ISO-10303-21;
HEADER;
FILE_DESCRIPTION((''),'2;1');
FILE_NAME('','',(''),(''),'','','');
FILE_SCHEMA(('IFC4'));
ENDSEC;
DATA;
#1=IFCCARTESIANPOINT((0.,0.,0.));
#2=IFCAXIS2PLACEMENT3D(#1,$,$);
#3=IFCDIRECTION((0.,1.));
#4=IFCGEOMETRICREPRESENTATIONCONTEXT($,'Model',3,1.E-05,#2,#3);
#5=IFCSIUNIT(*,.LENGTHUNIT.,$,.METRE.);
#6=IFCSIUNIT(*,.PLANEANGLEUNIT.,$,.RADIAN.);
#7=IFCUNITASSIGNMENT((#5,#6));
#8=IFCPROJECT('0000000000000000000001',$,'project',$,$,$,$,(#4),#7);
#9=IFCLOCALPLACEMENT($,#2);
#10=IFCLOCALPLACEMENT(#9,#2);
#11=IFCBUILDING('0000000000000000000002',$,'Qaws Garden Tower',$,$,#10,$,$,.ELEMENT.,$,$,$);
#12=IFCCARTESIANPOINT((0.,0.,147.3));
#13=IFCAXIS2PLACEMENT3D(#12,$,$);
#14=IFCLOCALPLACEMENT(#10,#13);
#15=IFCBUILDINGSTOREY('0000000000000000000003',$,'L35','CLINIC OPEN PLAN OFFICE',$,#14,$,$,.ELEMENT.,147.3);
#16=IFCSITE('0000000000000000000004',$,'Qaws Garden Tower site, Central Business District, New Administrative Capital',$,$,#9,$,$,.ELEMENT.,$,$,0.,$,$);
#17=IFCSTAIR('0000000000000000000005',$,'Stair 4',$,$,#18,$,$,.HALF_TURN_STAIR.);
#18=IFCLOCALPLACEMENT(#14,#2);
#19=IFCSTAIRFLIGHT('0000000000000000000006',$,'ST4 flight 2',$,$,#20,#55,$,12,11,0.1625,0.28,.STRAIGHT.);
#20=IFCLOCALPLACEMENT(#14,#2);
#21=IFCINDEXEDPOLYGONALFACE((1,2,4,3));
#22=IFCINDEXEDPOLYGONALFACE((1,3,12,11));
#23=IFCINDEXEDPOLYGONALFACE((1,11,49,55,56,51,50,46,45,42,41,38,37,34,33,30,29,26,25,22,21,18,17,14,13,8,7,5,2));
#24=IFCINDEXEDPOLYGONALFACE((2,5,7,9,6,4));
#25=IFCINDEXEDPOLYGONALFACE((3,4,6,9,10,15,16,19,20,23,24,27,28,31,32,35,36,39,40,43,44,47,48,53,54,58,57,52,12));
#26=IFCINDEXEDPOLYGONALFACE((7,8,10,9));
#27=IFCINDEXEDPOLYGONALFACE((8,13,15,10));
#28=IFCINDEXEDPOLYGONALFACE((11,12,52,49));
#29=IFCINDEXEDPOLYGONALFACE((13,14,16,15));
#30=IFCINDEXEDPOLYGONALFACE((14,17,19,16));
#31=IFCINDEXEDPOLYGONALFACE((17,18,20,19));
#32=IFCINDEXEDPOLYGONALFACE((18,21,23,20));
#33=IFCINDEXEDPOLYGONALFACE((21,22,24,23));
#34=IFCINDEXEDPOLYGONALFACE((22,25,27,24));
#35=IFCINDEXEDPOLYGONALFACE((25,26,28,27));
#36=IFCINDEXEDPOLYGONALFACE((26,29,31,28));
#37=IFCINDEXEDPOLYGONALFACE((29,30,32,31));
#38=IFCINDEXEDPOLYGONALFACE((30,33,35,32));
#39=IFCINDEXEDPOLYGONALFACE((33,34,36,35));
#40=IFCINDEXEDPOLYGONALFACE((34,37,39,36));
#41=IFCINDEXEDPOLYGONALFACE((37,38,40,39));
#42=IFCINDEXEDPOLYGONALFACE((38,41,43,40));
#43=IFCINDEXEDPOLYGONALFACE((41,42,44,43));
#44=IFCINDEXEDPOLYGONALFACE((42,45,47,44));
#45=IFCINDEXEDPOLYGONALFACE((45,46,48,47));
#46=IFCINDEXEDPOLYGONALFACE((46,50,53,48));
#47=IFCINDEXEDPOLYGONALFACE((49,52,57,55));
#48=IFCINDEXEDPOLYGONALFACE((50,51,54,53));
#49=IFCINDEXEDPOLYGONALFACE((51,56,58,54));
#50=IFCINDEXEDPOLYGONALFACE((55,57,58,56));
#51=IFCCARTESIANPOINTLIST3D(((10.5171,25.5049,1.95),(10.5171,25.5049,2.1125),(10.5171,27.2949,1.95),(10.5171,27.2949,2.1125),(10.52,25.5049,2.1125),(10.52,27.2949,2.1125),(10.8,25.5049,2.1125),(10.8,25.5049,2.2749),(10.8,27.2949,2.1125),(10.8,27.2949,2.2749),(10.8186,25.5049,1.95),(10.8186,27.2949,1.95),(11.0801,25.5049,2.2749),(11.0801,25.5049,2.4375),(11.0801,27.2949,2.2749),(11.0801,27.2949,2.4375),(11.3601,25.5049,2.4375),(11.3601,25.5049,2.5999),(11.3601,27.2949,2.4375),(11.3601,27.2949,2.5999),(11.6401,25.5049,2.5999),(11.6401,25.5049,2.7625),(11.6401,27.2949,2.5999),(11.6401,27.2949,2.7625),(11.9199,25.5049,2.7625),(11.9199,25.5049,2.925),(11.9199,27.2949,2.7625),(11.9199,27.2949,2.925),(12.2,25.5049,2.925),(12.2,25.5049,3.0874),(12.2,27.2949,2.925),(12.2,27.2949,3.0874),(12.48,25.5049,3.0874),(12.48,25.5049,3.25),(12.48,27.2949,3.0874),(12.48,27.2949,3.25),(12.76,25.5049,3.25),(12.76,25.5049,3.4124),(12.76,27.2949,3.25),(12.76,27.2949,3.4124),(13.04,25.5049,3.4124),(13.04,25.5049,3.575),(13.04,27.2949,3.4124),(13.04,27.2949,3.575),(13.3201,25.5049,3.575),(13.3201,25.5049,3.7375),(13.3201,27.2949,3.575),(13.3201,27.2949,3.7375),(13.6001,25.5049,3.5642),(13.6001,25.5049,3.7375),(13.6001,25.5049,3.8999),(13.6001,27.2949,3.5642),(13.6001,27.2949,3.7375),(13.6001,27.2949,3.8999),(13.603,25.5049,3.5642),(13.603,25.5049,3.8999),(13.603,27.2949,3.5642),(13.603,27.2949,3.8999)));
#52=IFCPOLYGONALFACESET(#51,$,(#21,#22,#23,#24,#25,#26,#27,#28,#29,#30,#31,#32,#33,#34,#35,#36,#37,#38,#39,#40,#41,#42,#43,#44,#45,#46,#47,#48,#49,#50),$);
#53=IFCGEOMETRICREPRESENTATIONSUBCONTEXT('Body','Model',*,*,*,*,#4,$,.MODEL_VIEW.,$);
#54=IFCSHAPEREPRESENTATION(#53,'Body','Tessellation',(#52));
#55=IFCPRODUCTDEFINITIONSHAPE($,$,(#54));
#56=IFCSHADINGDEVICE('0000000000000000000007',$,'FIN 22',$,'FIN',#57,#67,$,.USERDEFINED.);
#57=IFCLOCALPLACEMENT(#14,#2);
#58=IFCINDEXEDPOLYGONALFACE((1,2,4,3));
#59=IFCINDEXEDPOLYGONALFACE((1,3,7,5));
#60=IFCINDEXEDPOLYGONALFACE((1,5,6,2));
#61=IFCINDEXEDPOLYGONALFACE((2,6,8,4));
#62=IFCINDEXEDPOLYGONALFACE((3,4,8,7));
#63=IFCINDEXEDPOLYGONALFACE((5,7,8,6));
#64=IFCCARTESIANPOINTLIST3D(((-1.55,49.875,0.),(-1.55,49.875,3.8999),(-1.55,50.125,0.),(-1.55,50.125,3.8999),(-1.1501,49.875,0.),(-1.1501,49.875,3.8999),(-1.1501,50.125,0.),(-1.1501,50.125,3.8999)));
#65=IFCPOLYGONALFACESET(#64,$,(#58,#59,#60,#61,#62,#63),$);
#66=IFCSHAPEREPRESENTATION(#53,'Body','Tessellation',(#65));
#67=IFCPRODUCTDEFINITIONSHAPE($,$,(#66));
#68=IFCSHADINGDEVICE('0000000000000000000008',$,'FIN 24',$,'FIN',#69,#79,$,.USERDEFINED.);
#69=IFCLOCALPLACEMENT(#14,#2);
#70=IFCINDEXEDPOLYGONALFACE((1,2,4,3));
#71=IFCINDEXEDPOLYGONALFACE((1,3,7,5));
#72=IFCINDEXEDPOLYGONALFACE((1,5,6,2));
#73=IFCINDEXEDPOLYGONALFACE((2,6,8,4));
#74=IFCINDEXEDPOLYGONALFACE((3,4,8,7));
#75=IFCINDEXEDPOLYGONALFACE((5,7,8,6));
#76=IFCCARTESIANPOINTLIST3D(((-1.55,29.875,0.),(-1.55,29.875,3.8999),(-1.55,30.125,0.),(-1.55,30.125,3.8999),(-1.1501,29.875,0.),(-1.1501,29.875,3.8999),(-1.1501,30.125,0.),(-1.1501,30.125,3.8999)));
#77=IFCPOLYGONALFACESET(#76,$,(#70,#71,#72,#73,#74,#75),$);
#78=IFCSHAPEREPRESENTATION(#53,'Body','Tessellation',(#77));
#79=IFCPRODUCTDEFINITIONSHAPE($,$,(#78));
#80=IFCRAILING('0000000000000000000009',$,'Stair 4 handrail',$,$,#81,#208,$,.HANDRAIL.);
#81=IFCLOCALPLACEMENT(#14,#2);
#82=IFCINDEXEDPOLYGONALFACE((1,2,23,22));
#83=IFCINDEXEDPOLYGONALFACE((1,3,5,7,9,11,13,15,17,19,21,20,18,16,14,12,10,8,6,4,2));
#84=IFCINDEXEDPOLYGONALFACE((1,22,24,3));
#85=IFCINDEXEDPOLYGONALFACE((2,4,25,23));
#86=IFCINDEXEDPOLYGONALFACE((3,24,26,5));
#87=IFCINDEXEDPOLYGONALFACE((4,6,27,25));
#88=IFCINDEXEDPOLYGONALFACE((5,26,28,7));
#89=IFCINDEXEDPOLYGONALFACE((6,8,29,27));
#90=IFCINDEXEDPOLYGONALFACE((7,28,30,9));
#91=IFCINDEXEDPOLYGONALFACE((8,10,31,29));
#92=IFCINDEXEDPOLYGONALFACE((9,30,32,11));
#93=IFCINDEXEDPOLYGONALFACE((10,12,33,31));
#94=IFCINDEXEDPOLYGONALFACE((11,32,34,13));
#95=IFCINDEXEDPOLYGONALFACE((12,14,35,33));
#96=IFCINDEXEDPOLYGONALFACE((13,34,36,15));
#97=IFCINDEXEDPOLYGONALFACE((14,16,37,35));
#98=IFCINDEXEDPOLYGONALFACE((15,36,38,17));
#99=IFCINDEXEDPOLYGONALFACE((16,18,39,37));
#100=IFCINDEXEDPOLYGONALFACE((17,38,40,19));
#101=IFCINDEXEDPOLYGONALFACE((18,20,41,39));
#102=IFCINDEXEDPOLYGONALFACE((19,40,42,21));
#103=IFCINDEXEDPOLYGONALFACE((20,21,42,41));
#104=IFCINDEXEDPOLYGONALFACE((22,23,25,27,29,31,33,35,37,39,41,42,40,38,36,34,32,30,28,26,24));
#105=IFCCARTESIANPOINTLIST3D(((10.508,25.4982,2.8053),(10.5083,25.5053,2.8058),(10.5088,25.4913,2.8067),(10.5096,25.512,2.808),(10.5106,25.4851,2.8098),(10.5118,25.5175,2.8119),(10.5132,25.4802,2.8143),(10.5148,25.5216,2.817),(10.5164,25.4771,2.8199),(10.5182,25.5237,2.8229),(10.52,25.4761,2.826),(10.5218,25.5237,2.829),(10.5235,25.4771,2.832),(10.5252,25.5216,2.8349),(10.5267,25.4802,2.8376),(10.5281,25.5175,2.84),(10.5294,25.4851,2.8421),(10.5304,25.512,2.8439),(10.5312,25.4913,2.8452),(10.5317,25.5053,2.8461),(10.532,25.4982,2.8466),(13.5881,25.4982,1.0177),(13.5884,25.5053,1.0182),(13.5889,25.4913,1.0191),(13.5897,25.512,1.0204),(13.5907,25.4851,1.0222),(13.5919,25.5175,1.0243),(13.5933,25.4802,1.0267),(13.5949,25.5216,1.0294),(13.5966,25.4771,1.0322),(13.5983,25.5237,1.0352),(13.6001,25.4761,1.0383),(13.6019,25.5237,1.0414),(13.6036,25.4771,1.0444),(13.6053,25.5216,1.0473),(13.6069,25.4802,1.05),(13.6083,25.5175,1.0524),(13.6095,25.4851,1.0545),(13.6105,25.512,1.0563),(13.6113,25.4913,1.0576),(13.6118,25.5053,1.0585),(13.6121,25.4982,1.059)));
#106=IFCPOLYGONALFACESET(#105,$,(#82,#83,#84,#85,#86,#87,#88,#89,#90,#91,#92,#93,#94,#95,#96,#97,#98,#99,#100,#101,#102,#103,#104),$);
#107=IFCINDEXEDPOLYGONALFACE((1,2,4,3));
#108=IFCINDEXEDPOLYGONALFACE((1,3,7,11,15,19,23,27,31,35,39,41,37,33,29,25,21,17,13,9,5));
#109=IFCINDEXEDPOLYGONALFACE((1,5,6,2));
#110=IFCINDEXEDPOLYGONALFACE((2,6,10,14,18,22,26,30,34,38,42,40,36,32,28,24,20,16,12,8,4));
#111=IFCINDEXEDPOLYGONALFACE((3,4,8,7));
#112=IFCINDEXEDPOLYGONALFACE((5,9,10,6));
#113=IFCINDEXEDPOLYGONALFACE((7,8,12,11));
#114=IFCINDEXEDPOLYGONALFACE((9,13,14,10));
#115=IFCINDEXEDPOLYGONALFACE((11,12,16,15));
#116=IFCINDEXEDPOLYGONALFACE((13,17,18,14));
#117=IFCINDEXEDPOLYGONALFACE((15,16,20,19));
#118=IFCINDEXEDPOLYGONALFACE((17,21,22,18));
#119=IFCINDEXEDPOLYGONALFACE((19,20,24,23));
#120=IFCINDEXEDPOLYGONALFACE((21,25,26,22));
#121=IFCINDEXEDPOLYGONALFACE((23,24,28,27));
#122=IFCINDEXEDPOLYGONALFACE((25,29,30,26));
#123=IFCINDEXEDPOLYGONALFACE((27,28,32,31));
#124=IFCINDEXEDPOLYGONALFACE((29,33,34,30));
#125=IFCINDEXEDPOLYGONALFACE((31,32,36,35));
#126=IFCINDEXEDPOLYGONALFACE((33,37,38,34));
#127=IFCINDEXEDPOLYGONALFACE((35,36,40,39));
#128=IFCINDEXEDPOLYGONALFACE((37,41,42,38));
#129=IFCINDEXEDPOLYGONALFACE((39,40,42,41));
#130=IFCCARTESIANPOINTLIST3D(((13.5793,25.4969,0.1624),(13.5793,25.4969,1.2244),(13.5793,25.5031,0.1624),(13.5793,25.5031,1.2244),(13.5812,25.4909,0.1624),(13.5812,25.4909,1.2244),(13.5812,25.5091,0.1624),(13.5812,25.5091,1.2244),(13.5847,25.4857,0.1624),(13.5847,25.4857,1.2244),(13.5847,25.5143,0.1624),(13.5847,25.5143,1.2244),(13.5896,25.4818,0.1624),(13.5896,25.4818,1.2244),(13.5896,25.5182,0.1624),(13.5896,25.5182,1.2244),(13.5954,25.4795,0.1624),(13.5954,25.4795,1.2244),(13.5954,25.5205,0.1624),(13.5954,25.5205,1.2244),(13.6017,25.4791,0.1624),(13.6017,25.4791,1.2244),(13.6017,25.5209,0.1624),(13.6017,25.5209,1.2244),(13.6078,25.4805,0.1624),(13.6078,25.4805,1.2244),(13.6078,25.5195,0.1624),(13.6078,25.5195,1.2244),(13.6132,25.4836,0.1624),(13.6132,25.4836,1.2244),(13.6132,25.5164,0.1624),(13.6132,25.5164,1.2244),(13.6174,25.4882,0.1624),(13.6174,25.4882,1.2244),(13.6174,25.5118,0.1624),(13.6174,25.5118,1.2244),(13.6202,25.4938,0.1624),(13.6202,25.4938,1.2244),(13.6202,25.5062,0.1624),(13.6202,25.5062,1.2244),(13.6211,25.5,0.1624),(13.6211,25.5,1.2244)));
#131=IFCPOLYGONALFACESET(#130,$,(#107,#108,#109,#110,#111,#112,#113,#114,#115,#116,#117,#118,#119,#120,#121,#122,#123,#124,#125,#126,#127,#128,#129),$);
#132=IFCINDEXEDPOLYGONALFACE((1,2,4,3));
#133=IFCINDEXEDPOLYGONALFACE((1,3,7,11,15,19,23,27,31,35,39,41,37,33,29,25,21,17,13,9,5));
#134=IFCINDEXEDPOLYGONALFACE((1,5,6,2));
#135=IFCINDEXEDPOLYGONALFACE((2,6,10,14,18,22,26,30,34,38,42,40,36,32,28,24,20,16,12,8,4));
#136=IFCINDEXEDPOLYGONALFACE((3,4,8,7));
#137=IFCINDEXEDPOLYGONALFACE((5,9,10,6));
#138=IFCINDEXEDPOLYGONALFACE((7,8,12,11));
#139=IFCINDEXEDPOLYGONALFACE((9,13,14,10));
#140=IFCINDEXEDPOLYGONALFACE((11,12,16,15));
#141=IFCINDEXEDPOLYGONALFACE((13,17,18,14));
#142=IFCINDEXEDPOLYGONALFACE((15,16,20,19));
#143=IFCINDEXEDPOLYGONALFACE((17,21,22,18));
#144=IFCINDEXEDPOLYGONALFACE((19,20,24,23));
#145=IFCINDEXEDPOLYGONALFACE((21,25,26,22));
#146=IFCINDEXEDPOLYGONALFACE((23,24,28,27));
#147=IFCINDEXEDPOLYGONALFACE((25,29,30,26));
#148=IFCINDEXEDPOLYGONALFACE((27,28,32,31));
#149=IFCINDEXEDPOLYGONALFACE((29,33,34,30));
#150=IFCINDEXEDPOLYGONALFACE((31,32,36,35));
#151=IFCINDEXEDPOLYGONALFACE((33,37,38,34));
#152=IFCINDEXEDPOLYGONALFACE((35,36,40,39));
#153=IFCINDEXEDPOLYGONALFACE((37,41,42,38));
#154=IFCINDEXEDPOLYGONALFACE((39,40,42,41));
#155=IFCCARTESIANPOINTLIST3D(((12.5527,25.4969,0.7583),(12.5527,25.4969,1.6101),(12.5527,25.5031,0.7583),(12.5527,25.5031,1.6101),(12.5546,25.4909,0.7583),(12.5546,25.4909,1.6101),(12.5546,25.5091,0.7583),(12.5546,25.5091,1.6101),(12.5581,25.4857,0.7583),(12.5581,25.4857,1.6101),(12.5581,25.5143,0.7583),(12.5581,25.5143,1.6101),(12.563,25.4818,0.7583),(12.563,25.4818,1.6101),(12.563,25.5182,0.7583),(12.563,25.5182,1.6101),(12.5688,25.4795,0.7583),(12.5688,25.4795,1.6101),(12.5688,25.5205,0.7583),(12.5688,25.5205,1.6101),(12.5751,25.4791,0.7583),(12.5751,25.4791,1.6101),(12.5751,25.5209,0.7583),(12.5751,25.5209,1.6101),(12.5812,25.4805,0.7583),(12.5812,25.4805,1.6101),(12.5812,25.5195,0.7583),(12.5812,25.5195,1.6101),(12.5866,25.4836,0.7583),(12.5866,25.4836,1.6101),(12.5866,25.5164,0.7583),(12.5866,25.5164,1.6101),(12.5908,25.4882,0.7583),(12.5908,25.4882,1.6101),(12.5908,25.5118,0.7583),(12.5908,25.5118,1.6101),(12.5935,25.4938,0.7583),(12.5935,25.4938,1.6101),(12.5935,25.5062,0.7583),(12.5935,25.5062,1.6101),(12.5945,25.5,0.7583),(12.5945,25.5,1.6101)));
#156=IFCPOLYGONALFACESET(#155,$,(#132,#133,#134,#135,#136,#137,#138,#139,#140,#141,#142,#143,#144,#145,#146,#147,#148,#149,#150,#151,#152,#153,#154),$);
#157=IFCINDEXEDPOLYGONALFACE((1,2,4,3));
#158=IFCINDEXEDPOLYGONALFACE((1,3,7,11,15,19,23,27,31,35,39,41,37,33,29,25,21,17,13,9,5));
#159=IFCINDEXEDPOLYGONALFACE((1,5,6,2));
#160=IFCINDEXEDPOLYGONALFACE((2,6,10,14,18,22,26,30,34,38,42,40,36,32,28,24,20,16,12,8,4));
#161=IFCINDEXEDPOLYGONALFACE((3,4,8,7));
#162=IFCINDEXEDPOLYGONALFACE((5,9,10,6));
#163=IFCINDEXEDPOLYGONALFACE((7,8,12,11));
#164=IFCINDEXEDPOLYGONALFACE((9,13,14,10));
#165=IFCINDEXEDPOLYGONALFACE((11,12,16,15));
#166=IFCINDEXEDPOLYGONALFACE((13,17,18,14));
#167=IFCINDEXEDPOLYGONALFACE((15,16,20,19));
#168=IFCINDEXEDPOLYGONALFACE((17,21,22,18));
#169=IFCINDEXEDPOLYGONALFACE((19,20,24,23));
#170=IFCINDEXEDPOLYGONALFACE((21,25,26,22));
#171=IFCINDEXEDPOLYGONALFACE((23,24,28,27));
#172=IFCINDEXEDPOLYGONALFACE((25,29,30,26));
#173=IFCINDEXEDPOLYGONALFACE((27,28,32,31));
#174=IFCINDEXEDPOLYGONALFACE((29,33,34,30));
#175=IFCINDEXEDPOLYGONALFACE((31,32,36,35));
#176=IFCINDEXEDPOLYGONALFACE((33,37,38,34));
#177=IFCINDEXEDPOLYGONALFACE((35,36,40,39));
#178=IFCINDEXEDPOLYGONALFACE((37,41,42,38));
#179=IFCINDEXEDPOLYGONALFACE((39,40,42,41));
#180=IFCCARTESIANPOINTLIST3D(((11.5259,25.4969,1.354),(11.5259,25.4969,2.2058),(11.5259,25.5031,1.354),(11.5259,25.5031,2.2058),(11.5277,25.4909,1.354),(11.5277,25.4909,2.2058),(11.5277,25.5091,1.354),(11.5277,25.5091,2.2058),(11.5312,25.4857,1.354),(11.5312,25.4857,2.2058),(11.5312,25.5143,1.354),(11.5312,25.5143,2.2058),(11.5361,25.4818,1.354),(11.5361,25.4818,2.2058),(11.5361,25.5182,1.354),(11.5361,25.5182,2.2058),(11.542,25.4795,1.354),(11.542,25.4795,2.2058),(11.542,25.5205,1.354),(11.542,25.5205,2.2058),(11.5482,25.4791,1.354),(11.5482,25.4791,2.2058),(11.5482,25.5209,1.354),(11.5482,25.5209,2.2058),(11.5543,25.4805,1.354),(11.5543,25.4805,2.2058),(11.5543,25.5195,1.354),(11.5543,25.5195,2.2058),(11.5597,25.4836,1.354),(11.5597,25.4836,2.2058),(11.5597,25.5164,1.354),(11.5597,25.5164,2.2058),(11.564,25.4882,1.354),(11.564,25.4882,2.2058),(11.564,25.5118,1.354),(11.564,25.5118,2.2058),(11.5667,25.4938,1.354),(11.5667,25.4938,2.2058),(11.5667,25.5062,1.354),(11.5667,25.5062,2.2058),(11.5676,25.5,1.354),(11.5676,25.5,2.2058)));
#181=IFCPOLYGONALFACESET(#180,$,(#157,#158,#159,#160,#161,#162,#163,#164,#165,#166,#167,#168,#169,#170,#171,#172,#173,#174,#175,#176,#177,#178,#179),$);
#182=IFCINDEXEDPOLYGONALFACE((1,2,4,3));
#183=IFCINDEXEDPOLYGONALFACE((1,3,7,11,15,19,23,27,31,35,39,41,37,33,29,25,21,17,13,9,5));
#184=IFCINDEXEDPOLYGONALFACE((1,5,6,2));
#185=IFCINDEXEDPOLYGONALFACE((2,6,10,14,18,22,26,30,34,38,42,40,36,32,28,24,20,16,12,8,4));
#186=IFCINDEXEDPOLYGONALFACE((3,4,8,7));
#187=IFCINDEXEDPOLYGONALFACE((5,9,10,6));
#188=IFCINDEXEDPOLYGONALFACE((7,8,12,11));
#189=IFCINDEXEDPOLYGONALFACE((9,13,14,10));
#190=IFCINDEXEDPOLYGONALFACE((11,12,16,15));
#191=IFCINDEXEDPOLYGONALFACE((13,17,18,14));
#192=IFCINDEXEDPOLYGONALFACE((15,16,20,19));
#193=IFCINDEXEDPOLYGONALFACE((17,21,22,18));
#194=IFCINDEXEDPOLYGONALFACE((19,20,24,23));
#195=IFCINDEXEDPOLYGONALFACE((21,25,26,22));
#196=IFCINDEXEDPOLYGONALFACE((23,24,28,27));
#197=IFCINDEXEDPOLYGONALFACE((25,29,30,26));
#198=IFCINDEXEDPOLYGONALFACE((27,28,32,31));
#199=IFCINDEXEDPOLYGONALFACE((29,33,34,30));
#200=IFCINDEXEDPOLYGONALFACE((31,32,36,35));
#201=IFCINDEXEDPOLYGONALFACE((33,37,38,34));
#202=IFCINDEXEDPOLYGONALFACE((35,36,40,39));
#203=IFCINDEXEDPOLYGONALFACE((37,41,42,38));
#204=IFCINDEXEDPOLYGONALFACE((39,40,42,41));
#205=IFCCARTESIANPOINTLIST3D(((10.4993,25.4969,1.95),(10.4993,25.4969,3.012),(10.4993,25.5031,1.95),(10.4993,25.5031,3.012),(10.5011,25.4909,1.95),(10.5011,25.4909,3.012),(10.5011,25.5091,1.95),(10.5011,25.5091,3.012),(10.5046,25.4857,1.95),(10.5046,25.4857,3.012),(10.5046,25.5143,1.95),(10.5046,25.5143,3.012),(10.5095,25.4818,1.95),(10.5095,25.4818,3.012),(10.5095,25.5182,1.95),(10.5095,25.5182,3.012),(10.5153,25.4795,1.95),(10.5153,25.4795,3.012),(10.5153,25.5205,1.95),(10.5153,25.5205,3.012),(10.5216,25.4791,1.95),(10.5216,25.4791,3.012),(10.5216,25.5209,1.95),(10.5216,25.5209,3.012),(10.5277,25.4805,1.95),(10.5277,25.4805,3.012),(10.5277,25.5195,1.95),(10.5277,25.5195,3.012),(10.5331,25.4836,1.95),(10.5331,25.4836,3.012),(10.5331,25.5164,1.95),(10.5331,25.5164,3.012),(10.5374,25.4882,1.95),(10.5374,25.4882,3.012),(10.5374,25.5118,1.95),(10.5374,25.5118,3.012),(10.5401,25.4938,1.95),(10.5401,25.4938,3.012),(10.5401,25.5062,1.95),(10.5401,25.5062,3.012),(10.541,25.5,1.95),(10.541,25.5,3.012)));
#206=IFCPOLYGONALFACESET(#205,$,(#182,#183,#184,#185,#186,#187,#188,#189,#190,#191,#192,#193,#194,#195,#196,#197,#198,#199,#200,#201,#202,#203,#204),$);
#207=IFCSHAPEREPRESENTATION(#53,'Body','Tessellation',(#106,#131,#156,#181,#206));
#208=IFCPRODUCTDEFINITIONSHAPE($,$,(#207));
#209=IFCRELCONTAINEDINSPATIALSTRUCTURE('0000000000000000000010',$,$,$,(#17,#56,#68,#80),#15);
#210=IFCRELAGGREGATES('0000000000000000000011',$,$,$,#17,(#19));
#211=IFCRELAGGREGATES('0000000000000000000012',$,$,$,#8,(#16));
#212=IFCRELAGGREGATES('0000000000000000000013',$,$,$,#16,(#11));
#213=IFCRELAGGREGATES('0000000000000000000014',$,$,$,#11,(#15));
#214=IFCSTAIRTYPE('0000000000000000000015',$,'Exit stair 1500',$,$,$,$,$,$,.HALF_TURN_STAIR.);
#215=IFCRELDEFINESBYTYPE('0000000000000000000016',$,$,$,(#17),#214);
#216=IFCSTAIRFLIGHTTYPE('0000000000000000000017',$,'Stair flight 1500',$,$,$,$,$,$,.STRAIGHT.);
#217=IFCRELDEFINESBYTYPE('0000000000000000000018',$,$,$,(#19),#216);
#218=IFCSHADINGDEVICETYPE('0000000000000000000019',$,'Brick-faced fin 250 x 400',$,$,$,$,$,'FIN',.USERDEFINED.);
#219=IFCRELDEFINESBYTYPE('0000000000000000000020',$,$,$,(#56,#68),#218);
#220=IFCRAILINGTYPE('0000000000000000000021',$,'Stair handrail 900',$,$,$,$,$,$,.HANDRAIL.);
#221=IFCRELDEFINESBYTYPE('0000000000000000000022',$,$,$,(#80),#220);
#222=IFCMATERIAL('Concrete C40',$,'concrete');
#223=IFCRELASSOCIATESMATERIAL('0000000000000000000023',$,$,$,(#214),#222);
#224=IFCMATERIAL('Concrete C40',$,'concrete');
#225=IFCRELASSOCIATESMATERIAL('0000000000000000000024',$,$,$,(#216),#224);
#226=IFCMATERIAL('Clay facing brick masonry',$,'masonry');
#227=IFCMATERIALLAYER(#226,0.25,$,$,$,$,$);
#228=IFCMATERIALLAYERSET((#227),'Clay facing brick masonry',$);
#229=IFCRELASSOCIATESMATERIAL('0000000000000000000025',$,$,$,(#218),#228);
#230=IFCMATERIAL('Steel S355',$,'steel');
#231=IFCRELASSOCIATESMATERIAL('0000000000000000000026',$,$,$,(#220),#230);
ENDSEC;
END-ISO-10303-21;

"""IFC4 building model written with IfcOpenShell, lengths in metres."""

from ifc_helpers import new_model, si_unit, direction, frame, origin, origin_2d, place, context, subcontext, project, spatial, polyline, rectangle, circle, outline, extrude, material, layer, layer_set, type_object, element, aggregate, save


model = new_model("IFC4")

# Units and contexts
model_context = context("Model", 3, precision=1e-05, world=origin(), true_north=direction((0.0, 1.0)))
body_context = subcontext(model_context, "Body", "Model", "MODEL_VIEW")
ifc_project = project(units=[si_unit("LENGTHUNIT", "METRE"), si_unit("PLANEANGLEUNIT", "RADIAN")], contexts=[model_context])

# Site, building, storey
site_placement = place(None, origin())
site = spatial("IfcSite", under=ifc_project, at=site_placement, Name="Qaws Garden Tower site, Central Business District, New Administrative Capital", CompositionType="ELEMENT", RefElevation=0.0)
building_placement = place(site_placement, origin())
building = spatial("IfcBuilding", under=site, at=building_placement, Name="Qaws Garden Tower", CompositionType="ELEMENT")
storey_placement = place(building_placement, frame((0.0, 0.0, 147.3)))
storey = spatial("IfcBuildingStorey", under=building, at=storey_placement, Name="L35", Description="CLINIC OPEN PLAN OFFICE", CompositionType="ELEMENT", Elevation=147.3)

# Stair, stair flight
ifc_material_1 = material(Name="Concrete C40", Category="concrete")
stair_type = type_object("IfcStairType", Name="Exit stair 1500", PredefinedType="HALF_TURN_STAIR", material=ifc_material_1)
stair_placement = place(storey_placement, origin())
stair = element("IfcStair", 1, at=stair_placement, inside=storey, type_object=stair_type, Name="Stair 4", PredefinedType="HALF_TURN_STAIR")
ifc_material_2 = material(Name="Concrete C40", Category="concrete")
stair_flight_type = type_object("IfcStairFlightType", Name="Stair flight 1500", PredefinedType="STRAIGHT", material=ifc_material_2)
stair_flight_placement = place(storey_placement, frame((10.52, 26.3999, 1.95), z_axis=(0.0, 0.0, 1.0), x_axis=(1.0, 0.0, 0.0)))
stair_flight = element("IfcStairFlight", 2, at=stair_flight_placement, type_object=stair_flight_type, Name="ST4 flight 2", NumberOfRisers=12, NumberOfTreads=11, PredefinedType="STRAIGHT", RiserHeight=0.1625, TreadLength=0.28, context=body_context, shape_type="SweptSolid", body=[
    extrude(outline(polyline([(-0.0029, 0.0), (-0.0029, 0.1626), (0.0, 0.1626), (0.28, 0.1626), (0.28, 0.325), (0.5601, 0.325), (0.5601, 0.4875), (0.8401, 0.4875), (0.8401, 0.6499), (1.1201, 0.6499), (1.1201, 0.8125), (1.3999, 0.8125), (1.3999, 0.9751), (1.6799, 0.9751), (1.6799, 1.1375), (1.96, 1.1375), (1.96, 1.3), (2.24, 1.3), (2.24, 1.4624), (2.52, 1.4624), (2.52, 1.625), (2.8, 1.625), (2.8, 1.7876), (3.0801, 1.7876), (3.0801, 1.95), (3.083, 1.95), (3.083, 1.6143), (3.0801, 1.6143), (0.2986, 0.0), (-0.0029, 0.0)])), frame((0.0, 0.895, 0.0), z_axis=(0.0, -1.0, 0.0), x_axis=(1.0, 0.0, 0.0)), (0.0, 0.0, 1.0), 1.79),
])
aggregate(stair, [stair_flight])

# Shading devices
ifc_material_3 = material(Name="Clay facing brick masonry", Category="masonry")
ifc_layer_1 = layer(ifc_material_3, 0.25)
ifc_layer_set_1 = layer_set([ifc_layer_1], Name="Clay facing brick masonry")
shading_device_type = type_object("IfcShadingDeviceType", Name="Brick-faced fin 250 x 400", ElementType="FIN", PredefinedType="USERDEFINED", material=ifc_layer_set_1)
for number, where, z_axis, x_axis, name in (
    (3, (-1.3501, 50.0, 0.0), (0.0, 0.0, 1.0), (0.0, -1.0, 0.0), "FIN 22"),
    (4, (-1.3501, 30.0, 0.0), (0.0, 0.0, 1.0), (0.0, -1.0, 0.0), "FIN 24"),
):
    element("IfcShadingDevice", number, at=place(storey_placement, frame(where, z_axis=z_axis, x_axis=x_axis)), inside=storey, type_object=shading_device_type, Name=name, ObjectType="FIN", PredefinedType="USERDEFINED", context=body_context, shape_type="SweptSolid", body=[
        extrude(rectangle(XDim=0.25, YDim=0.3999, at=origin_2d()), origin(), (0.0, 0.0, 1.0), 3.8999),
    ])

# Railing
ifc_material_4 = material(Name="Steel S355", Category="steel")
railing_type = type_object("IfcRailingType", Name="Stair handrail 900", PredefinedType="HANDRAIL", material=ifc_material_4)
railing_1_placement = place(storey_placement, frame((13.6001, 25.5, 0.1624)))
element("IfcRailing", 5, at=railing_1_placement, inside=storey, type_object=railing_type, Name="Stair 4 handrail", PredefinedType="HANDRAIL", context=body_context, shape_type="SweptSolid", body=[
    extrude(circle(Radius=0.0239, at=origin_2d()), frame((0.0, 0.0, 0.876), z_axis=(-0.864891, 0.0, 0.50196), x_axis=(0.0, -1.0, 0.0)), (0.0, 0.0, 1.0), 3.5613),
    extrude(circle(Radius=0.021, at=origin_2d()), origin(), (0.0, 0.0, 1.0), 1.062),
    extrude(circle(Radius=0.021, at=origin_2d()), frame((-1.0266, 0.0, 0.5959)), (0.0, 0.0, 1.0), 0.8518),
    extrude(circle(Radius=0.021, at=origin_2d()), frame((-2.0535, 0.0, 1.1917)), (0.0, 0.0, 1.0), 0.8518),
    extrude(circle(Radius=0.021, at=origin_2d()), frame((-3.0801, 0.0, 1.7876)), (0.0, 0.0, 1.0), 1.062),
])

save(model, "model.ifc")
